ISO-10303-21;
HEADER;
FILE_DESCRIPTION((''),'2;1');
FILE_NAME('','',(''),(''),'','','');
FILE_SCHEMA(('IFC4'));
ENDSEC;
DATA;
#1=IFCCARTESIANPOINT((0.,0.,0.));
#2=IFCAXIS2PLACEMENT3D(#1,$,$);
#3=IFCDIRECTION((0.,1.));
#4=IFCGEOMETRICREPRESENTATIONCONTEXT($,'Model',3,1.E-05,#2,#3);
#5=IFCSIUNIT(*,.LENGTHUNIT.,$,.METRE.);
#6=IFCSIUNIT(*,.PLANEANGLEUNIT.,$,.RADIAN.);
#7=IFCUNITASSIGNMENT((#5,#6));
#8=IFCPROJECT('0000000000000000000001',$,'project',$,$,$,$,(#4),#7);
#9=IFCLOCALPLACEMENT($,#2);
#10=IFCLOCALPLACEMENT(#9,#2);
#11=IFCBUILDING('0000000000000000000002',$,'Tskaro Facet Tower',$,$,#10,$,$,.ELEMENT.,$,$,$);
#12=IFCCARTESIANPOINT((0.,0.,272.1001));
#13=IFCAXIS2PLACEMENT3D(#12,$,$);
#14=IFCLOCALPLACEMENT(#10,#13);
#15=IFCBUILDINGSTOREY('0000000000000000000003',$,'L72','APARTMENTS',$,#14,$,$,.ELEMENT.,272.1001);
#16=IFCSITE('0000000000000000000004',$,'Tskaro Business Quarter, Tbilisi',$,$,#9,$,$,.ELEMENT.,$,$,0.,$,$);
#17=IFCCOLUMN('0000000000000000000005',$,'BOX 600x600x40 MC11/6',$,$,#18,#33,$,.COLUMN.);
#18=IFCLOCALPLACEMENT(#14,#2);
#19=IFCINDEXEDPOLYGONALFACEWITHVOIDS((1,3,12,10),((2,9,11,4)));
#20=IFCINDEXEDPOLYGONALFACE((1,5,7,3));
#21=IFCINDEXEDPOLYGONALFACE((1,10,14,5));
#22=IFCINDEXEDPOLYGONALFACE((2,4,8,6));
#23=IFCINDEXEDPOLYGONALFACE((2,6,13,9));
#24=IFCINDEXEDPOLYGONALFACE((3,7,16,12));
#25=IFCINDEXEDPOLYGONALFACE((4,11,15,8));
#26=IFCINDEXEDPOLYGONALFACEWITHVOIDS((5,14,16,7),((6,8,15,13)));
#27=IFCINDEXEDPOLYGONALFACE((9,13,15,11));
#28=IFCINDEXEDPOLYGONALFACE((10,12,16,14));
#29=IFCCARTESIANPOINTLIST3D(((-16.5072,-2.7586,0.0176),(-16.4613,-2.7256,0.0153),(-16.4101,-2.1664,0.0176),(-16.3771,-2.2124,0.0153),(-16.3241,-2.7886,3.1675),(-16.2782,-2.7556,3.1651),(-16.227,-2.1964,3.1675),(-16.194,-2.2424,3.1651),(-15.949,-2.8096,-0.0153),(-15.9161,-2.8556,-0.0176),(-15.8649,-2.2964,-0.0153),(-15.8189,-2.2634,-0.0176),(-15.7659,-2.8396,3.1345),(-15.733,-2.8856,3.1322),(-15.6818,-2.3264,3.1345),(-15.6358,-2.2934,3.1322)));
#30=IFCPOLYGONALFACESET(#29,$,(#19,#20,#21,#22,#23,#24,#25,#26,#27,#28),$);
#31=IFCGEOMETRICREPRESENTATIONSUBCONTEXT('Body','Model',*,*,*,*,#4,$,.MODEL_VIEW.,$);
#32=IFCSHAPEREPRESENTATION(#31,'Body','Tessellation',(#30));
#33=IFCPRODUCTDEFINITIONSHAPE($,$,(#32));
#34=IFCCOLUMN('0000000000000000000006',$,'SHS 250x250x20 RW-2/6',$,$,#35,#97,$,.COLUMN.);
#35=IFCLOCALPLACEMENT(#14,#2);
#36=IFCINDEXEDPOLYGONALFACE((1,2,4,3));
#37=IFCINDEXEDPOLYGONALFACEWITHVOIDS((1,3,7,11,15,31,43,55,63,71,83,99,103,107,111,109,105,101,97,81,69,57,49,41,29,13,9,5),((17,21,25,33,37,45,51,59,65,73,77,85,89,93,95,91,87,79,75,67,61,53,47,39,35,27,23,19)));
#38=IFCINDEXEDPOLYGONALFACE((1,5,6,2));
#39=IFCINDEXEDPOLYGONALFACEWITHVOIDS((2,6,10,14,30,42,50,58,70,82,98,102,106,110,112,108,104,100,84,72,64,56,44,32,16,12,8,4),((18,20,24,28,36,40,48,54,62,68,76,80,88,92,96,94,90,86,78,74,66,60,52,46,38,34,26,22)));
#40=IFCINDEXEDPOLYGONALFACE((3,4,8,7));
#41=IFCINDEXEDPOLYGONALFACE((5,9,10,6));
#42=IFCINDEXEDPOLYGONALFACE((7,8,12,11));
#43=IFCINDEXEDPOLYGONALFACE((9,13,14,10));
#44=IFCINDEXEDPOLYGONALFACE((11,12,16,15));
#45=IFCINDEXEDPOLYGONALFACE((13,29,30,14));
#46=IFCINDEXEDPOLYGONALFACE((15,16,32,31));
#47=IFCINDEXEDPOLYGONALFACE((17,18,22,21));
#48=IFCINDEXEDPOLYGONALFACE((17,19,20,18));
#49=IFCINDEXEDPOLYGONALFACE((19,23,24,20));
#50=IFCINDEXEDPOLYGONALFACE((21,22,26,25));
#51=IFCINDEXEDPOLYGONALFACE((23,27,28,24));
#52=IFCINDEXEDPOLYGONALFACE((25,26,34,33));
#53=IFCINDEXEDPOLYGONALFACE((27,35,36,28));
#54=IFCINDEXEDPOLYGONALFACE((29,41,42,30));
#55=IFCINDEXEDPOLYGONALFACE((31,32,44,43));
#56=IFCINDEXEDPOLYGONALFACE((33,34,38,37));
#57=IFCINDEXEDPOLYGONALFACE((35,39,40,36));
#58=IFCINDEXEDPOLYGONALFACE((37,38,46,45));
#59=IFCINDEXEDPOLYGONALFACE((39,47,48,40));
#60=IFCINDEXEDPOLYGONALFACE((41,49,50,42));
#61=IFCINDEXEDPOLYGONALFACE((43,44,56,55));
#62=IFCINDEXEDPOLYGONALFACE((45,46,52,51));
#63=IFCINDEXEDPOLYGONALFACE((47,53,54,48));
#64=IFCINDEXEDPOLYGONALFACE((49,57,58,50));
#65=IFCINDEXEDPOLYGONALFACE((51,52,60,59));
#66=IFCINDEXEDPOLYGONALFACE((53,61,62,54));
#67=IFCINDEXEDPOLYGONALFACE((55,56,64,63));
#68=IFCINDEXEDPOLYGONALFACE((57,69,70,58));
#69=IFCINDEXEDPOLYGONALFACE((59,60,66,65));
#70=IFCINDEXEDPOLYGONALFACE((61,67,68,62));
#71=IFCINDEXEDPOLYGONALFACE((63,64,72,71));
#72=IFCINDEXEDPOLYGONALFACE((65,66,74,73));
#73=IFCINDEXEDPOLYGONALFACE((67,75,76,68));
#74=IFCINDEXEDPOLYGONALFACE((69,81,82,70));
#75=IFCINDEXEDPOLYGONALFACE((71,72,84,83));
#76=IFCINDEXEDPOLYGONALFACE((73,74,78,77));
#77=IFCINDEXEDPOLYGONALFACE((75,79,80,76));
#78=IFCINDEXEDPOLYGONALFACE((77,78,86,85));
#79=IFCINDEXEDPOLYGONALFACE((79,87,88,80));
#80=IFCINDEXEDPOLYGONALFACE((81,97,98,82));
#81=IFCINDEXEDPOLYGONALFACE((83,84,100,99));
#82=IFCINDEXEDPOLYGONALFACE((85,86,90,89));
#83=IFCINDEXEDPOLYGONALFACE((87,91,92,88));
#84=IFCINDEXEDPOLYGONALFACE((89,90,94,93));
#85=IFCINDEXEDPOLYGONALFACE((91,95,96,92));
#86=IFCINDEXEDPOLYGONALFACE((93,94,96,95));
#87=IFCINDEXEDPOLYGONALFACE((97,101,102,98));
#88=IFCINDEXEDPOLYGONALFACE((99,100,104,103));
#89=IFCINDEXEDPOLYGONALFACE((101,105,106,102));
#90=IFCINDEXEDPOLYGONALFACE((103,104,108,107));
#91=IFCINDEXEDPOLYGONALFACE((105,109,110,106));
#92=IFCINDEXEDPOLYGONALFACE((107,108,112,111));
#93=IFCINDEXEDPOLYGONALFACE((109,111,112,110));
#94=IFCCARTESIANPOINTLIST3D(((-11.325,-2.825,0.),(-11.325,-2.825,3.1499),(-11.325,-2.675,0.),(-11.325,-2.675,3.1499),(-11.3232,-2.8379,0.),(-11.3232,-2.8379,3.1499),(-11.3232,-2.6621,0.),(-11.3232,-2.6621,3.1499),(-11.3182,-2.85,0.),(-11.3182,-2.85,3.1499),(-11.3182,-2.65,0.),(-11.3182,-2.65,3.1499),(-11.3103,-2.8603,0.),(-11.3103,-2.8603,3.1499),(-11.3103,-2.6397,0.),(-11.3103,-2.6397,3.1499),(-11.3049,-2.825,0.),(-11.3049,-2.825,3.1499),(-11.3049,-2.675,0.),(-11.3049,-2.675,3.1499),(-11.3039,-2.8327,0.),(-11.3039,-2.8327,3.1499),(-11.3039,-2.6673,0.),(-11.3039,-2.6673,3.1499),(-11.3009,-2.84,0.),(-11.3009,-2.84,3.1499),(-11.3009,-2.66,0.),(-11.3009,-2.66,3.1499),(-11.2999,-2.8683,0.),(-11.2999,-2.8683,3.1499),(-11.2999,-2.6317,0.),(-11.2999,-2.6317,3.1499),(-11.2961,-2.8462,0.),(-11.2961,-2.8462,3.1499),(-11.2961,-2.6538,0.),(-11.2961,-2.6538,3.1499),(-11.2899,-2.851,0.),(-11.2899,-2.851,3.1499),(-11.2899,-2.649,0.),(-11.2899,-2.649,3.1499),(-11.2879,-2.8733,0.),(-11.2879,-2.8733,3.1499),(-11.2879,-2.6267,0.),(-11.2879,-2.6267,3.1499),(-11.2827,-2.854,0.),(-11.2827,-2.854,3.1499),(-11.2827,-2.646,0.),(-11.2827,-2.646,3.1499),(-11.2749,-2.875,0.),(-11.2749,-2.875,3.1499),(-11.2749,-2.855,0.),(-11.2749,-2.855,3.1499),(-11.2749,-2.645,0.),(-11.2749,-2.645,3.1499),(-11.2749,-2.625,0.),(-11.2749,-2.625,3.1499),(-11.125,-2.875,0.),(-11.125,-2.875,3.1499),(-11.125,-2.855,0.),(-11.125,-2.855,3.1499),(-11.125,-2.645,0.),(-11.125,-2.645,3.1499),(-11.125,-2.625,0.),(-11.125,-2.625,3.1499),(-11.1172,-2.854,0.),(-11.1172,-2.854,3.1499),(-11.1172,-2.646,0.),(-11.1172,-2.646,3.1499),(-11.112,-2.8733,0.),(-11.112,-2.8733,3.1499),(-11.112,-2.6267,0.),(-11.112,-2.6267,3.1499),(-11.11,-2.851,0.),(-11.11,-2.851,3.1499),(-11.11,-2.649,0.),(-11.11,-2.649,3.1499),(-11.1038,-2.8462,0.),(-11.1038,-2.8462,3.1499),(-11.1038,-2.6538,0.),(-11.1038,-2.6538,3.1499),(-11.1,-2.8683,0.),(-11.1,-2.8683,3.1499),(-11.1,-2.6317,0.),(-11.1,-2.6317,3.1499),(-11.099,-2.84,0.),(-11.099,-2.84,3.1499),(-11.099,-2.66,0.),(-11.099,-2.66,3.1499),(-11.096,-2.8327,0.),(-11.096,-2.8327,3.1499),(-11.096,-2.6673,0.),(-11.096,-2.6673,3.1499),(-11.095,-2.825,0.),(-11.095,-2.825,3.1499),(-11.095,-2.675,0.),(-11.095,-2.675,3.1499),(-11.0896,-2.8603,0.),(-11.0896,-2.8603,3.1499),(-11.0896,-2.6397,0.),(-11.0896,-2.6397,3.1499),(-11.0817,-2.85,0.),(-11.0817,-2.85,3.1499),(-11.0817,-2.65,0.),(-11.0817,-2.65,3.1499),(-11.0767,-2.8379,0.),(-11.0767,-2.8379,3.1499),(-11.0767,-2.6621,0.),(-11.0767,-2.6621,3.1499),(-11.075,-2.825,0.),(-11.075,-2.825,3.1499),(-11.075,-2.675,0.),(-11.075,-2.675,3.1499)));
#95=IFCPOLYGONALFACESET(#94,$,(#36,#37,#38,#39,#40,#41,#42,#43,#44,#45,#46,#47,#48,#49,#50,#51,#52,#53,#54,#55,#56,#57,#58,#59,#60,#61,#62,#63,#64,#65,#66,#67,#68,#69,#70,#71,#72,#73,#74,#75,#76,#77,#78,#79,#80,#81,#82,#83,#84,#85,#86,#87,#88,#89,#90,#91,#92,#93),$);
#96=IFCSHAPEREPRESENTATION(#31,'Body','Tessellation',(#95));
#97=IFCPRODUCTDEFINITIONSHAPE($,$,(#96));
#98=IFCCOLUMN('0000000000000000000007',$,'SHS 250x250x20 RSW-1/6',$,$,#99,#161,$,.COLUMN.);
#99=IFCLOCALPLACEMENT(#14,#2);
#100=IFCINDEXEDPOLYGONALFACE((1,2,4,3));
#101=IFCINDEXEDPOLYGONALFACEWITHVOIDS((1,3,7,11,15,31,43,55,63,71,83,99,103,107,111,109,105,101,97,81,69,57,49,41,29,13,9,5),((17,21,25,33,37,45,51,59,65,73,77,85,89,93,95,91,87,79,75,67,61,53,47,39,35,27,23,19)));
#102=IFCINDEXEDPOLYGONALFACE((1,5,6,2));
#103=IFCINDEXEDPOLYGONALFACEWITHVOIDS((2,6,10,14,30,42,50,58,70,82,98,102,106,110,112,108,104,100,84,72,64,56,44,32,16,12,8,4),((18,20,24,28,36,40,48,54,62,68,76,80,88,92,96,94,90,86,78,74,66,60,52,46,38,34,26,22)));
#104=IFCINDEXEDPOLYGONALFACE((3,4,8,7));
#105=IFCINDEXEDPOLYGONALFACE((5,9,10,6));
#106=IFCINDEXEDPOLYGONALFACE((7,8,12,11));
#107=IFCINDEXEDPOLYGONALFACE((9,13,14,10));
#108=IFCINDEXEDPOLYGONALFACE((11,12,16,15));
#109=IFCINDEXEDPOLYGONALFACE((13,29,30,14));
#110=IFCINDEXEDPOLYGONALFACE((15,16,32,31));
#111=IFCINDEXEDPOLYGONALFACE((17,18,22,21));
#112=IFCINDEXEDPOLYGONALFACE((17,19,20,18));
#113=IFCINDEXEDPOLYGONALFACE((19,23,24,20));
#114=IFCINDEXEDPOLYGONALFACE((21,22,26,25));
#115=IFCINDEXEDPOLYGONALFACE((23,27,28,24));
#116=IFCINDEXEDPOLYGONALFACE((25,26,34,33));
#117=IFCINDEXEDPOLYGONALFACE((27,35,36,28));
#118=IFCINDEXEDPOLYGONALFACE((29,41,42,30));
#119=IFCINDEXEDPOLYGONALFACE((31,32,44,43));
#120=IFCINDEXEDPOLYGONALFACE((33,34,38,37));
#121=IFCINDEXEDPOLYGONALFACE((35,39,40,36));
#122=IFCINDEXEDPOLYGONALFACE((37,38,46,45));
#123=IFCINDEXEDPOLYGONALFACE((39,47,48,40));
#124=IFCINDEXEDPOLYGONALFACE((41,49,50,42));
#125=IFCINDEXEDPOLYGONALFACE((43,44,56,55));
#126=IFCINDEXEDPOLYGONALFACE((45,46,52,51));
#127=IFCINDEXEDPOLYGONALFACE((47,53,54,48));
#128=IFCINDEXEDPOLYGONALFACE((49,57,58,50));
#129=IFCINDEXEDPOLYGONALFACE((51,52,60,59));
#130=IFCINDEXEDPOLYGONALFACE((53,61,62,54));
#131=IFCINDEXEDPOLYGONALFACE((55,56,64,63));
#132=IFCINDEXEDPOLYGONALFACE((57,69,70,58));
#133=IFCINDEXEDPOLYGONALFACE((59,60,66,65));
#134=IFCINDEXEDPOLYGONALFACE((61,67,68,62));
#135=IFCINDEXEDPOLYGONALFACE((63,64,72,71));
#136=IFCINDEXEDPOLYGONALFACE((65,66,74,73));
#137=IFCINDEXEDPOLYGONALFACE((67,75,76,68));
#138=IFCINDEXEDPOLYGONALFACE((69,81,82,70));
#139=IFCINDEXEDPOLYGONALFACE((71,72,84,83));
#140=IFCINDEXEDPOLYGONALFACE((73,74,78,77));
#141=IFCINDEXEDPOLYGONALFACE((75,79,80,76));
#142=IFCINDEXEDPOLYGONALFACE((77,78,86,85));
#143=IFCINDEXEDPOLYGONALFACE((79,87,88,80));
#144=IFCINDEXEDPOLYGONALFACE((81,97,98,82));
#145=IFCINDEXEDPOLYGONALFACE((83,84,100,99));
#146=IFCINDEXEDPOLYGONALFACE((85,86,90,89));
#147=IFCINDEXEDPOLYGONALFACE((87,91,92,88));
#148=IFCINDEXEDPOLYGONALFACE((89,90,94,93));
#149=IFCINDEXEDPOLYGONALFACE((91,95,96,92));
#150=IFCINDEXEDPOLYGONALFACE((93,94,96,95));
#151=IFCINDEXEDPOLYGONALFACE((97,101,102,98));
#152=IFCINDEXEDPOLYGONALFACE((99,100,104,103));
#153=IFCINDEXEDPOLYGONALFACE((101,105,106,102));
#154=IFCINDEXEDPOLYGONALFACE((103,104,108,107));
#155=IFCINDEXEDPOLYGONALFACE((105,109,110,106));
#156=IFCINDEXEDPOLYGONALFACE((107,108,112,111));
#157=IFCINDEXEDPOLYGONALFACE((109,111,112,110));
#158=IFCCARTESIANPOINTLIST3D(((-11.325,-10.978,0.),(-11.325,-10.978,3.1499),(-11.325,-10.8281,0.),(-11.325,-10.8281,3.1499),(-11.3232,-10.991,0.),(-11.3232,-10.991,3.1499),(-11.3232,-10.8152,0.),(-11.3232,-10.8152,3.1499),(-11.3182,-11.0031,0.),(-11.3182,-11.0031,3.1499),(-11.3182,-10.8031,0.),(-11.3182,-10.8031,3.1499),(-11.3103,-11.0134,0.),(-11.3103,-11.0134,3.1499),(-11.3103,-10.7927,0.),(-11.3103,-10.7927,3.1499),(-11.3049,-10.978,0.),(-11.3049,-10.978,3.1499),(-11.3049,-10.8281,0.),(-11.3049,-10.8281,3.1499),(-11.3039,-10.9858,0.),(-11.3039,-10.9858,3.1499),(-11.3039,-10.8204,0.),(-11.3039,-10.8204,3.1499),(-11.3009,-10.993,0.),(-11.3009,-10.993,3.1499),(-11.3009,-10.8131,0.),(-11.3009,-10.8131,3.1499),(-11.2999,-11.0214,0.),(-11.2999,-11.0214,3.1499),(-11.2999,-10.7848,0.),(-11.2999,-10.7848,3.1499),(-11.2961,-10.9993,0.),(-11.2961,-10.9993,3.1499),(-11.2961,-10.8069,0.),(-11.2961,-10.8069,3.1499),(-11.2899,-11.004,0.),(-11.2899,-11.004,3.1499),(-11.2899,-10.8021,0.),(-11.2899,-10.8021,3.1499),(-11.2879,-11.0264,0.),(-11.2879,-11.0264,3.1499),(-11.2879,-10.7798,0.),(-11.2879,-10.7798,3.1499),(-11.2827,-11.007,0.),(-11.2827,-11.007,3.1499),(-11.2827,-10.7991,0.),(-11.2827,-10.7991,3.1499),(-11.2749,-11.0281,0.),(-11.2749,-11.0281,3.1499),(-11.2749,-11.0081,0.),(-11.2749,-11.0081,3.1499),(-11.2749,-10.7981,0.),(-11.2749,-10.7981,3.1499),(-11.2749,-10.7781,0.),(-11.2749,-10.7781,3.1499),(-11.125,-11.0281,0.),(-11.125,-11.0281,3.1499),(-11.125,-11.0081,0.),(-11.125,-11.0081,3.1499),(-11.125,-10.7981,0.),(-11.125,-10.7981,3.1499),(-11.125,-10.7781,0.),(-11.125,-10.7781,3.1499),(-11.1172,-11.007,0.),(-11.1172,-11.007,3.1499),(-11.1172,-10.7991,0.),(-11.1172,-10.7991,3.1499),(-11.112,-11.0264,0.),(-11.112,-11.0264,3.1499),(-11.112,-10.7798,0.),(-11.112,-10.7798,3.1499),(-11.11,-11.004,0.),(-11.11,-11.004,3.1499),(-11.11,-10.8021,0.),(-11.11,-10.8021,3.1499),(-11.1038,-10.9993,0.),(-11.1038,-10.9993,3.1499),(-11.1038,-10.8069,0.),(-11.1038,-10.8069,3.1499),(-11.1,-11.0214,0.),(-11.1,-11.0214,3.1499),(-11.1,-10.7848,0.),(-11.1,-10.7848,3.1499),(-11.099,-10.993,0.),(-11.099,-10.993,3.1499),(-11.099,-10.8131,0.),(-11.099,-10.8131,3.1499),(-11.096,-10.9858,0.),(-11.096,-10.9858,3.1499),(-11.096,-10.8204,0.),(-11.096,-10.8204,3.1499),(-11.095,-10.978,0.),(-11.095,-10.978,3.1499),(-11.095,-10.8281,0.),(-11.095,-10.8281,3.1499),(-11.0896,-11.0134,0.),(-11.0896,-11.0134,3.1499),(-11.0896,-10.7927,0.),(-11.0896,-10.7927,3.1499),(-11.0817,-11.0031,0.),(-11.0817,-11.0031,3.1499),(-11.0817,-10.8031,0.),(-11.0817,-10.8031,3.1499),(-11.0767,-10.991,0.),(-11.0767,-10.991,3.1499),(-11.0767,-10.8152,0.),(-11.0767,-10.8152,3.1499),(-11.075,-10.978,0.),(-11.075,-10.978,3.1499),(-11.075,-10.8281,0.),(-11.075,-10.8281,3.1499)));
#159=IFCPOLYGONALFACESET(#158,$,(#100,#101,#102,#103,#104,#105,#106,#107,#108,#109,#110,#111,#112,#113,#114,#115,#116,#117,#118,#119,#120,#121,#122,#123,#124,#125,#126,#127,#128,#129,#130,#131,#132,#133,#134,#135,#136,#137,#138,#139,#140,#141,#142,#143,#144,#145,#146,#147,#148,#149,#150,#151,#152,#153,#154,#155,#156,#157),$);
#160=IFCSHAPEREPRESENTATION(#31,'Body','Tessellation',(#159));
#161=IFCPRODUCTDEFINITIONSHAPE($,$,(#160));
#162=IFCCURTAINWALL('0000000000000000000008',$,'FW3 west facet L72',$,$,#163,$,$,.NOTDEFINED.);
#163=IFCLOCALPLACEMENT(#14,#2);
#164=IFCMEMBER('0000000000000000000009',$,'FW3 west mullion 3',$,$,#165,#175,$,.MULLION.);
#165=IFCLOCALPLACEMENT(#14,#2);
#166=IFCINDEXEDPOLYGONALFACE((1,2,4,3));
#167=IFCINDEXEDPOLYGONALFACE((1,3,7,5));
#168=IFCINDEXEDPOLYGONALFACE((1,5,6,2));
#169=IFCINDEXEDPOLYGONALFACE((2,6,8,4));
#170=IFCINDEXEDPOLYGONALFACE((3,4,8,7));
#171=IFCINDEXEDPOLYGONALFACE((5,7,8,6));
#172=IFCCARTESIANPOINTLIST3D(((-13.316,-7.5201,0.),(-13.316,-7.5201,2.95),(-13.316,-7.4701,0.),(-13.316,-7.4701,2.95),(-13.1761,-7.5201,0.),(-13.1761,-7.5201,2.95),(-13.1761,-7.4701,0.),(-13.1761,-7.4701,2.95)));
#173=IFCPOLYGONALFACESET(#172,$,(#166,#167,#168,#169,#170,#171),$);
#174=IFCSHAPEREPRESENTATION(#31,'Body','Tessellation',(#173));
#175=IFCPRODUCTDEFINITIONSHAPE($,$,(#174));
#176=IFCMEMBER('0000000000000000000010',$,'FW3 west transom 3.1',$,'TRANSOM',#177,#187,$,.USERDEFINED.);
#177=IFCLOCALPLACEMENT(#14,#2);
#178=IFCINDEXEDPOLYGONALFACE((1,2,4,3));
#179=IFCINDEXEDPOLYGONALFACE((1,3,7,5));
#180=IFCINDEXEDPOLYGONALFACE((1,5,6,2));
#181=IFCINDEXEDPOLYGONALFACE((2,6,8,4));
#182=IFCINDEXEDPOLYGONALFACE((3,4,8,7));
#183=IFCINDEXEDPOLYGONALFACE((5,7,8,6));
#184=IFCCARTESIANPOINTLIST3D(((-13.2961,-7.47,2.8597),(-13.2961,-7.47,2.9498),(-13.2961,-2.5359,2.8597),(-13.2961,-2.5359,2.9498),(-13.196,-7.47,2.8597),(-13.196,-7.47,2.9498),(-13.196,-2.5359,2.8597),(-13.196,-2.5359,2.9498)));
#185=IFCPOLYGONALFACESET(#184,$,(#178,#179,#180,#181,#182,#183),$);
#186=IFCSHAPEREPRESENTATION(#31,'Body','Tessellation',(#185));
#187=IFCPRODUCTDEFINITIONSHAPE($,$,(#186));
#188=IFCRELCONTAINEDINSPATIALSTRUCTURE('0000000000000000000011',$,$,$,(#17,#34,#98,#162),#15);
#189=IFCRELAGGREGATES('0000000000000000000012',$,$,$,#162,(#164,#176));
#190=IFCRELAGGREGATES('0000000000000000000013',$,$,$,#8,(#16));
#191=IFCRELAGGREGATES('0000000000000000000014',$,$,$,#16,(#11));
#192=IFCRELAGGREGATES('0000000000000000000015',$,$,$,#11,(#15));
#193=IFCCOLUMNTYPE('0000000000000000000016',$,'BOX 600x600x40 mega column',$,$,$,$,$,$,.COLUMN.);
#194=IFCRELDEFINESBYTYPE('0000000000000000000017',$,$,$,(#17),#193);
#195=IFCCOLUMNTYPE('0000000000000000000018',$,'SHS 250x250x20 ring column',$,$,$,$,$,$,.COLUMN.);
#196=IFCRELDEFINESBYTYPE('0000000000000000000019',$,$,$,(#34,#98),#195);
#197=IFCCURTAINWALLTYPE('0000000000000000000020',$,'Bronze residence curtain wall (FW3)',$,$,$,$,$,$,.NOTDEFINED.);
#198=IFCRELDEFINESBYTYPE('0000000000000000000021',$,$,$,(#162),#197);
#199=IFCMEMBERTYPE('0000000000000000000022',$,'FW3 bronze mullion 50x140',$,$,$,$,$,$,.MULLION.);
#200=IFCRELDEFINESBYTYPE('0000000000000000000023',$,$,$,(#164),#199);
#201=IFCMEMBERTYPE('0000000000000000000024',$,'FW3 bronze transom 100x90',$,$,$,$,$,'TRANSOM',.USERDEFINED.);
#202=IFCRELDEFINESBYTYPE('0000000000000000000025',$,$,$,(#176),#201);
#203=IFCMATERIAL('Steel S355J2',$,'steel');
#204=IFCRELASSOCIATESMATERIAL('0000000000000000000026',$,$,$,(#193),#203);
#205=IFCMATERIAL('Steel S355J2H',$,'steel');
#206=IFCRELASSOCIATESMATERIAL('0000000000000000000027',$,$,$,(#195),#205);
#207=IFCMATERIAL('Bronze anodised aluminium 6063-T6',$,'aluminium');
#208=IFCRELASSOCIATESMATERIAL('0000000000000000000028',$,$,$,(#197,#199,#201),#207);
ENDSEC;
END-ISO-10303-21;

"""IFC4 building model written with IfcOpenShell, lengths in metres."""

from ifc_helpers import new_model, si_unit, direction, frame, origin, origin_2d, place, context, subcontext, project, spatial, rectangle, hollow_rectangle, extrude, material, material_profile, profile_set, type_object, element, aggregate, save


model = new_model("IFC4")

# Units and contexts
model_context = context("Model", 3, precision=1e-05, world=origin(), true_north=direction((0.0, 1.0)))
body_context = subcontext(model_context, "Body", "Model", "MODEL_VIEW")
ifc_project = project(units=[si_unit("LENGTHUNIT", "METRE"), si_unit("PLANEANGLEUNIT", "RADIAN")], contexts=[model_context])

# Site, building, storey
site_placement = place(None, origin())
site = spatial("IfcSite", under=ifc_project, at=site_placement, Name="Tskaro Business Quarter, Tbilisi", CompositionType="ELEMENT", RefElevation=0.0)
building_placement = place(site_placement, origin())
building = spatial("IfcBuilding", under=site, at=building_placement, Name="Tskaro Facet Tower", CompositionType="ELEMENT")
storey_placement = place(building_placement, frame((0.0, 0.0, 272.1001)))
storey = spatial("IfcBuildingStorey", under=building, at=storey_placement, Name="L72", Description="APARTMENTS", CompositionType="ELEMENT", Elevation=272.1001)

# Columns
ifc_material_1 = material(Name="Steel S355J2", Category="steel")
ifc_material_profile_1 = material_profile(ifc_material_1, hollow_rectangle(XDim=0.6001, YDim=0.6001, WallThickness=0.04, at=origin_2d()), Name="BOX 600x600x40")
ifc_profile_set_1 = profile_set([ifc_material_profile_1], Name="Steel S355J2")
column_type_1 = type_object("IfcColumnType", Name="BOX 600x600x40 mega column", PredefinedType="COLUMN", material=ifc_profile_set_1)
column_placement = place(storey_placement, frame((-16.1631, -2.511, 0.0), z_axis=(0.05803, -0.009517, 0.998269), x_axis=(0.161838, 0.986817, 0.0)))
element("IfcColumn", 1, at=column_placement, inside=storey, type_object=column_type_1, Name="BOX 600x600x40 MC11/6", PredefinedType="COLUMN", context=body_context, shape_type="SweptSolid", body=[
    extrude(hollow_rectangle(XDim=0.6001, YDim=0.6001, WallThickness=0.04, at=origin_2d()), origin(), (0.0, 0.0, 1.0), 3.1553),
])
ifc_material_2 = material(Name="Steel S355J2H", Category="steel")
ifc_material_profile_2 = material_profile(ifc_material_2, hollow_rectangle(XDim=0.25, YDim=0.25, WallThickness=0.02, InnerFilletRadius=0.03, OuterFilletRadius=0.05, at=origin_2d()), Name="SHS 250x250x20")
ifc_profile_set_2 = profile_set([ifc_material_profile_2], Name="Steel S355J2H")
column_type_2 = type_object("IfcColumnType", Name="SHS 250x250x20 ring column", PredefinedType="COLUMN", material=ifc_profile_set_2)
for number, where, z_axis, x_axis, name in (
    (2, (-11.2, -2.75, 0.0), (0.0, 0.0, 1.0), (1.0, 0.0, 0.0), "SHS 250x250x20 RW-2/6"),
    (3, (-11.2, -10.9031, 0.0), (0.0, 0.0, 1.0), (1.0, 0.0, 0.0), "SHS 250x250x20 RSW-1/6"),
):
    element("IfcColumn", number, at=place(storey_placement, frame(where, z_axis=z_axis, x_axis=x_axis)), inside=storey, type_object=column_type_2, Name=name, PredefinedType="COLUMN", context=body_context, shape_type="SweptSolid", body=[
        extrude(hollow_rectangle(XDim=0.25, YDim=0.25, WallThickness=0.02, InnerFilletRadius=0.03, OuterFilletRadius=0.05, at=origin_2d()), origin(), (0.0, 0.0, 1.0), 3.1499),
    ])

# Curtain wall, members
ifc_material_3 = material(Name="Bronze anodised aluminium 6063-T6", Category="aluminium")
curtain_wall_type = type_object("IfcCurtainWallType", Name="Bronze residence curtain wall (FW3)", PredefinedType="NOTDEFINED", material=ifc_material_3)
curtain_wall_placement = place(storey_placement, origin())
curtain_wall = element("IfcCurtainWall", 4, at=curtain_wall_placement, inside=storey, type_object=curtain_wall_type, Name="FW3 west facet L72", PredefinedType="NOTDEFINED")
ifc_material_profile_3 = material_profile(ifc_material_3, rectangle(XDim=0.05, YDim=0.1399, at=origin_2d()), Name="Mullion 50x140")
ifc_profile_set_3 = profile_set([ifc_material_profile_3], Name="Bronze anodised aluminium 6063-T6")
member_type_1 = type_object("IfcMemberType", Name="FW3 bronze mullion 50x140", PredefinedType="MULLION", material=ifc_profile_set_3)
member_1_placement = place(storey_placement, frame((-13.2461, -7.4951, 0.0), z_axis=(0.0, 0.0, 1.0), x_axis=(0.0, -1.0, 0.0)))
member_1 = element("IfcMember", 5, at=member_1_placement, type_object=member_type_1, Name="FW3 west mullion 3", PredefinedType="MULLION", context=body_context, shape_type="SweptSolid", body=[
    extrude(rectangle(XDim=0.05, YDim=0.1399, at=origin_2d()), origin(), (0.0, 0.0, 1.0), 2.95),
])
ifc_material_profile_4 = material_profile(ifc_material_3, rectangle(XDim=0.1001, YDim=0.0901, at=origin_2d()), Name="Transom 100x90")
ifc_profile_set_4 = profile_set([ifc_material_profile_4], Name="Bronze anodised aluminium 6063-T6")
member_type_2 = type_object("IfcMemberType", Name="FW3 bronze transom 100x90", ElementType="TRANSOM", PredefinedType="USERDEFINED", material=ifc_profile_set_4)
member_2_placement = place(storey_placement, frame((-13.2461, -2.5359, 2.9048), z_axis=(0.0, -1.0, 0.0), x_axis=(1.0, 0.0, 0.0)))
member_2 = element("IfcMember", 6, at=member_2_placement, type_object=member_type_2, Name="FW3 west transom 3.1", ObjectType="TRANSOM", PredefinedType="USERDEFINED", context=body_context, shape_type="SweptSolid", body=[
    extrude(rectangle(XDim=0.1001, YDim=0.0901, at=origin_2d()), origin(), (0.0, 0.0, 1.0), 4.9341),
])

aggregate(curtain_wall, [member_1, member_2])

save(model, "model.ifc")
